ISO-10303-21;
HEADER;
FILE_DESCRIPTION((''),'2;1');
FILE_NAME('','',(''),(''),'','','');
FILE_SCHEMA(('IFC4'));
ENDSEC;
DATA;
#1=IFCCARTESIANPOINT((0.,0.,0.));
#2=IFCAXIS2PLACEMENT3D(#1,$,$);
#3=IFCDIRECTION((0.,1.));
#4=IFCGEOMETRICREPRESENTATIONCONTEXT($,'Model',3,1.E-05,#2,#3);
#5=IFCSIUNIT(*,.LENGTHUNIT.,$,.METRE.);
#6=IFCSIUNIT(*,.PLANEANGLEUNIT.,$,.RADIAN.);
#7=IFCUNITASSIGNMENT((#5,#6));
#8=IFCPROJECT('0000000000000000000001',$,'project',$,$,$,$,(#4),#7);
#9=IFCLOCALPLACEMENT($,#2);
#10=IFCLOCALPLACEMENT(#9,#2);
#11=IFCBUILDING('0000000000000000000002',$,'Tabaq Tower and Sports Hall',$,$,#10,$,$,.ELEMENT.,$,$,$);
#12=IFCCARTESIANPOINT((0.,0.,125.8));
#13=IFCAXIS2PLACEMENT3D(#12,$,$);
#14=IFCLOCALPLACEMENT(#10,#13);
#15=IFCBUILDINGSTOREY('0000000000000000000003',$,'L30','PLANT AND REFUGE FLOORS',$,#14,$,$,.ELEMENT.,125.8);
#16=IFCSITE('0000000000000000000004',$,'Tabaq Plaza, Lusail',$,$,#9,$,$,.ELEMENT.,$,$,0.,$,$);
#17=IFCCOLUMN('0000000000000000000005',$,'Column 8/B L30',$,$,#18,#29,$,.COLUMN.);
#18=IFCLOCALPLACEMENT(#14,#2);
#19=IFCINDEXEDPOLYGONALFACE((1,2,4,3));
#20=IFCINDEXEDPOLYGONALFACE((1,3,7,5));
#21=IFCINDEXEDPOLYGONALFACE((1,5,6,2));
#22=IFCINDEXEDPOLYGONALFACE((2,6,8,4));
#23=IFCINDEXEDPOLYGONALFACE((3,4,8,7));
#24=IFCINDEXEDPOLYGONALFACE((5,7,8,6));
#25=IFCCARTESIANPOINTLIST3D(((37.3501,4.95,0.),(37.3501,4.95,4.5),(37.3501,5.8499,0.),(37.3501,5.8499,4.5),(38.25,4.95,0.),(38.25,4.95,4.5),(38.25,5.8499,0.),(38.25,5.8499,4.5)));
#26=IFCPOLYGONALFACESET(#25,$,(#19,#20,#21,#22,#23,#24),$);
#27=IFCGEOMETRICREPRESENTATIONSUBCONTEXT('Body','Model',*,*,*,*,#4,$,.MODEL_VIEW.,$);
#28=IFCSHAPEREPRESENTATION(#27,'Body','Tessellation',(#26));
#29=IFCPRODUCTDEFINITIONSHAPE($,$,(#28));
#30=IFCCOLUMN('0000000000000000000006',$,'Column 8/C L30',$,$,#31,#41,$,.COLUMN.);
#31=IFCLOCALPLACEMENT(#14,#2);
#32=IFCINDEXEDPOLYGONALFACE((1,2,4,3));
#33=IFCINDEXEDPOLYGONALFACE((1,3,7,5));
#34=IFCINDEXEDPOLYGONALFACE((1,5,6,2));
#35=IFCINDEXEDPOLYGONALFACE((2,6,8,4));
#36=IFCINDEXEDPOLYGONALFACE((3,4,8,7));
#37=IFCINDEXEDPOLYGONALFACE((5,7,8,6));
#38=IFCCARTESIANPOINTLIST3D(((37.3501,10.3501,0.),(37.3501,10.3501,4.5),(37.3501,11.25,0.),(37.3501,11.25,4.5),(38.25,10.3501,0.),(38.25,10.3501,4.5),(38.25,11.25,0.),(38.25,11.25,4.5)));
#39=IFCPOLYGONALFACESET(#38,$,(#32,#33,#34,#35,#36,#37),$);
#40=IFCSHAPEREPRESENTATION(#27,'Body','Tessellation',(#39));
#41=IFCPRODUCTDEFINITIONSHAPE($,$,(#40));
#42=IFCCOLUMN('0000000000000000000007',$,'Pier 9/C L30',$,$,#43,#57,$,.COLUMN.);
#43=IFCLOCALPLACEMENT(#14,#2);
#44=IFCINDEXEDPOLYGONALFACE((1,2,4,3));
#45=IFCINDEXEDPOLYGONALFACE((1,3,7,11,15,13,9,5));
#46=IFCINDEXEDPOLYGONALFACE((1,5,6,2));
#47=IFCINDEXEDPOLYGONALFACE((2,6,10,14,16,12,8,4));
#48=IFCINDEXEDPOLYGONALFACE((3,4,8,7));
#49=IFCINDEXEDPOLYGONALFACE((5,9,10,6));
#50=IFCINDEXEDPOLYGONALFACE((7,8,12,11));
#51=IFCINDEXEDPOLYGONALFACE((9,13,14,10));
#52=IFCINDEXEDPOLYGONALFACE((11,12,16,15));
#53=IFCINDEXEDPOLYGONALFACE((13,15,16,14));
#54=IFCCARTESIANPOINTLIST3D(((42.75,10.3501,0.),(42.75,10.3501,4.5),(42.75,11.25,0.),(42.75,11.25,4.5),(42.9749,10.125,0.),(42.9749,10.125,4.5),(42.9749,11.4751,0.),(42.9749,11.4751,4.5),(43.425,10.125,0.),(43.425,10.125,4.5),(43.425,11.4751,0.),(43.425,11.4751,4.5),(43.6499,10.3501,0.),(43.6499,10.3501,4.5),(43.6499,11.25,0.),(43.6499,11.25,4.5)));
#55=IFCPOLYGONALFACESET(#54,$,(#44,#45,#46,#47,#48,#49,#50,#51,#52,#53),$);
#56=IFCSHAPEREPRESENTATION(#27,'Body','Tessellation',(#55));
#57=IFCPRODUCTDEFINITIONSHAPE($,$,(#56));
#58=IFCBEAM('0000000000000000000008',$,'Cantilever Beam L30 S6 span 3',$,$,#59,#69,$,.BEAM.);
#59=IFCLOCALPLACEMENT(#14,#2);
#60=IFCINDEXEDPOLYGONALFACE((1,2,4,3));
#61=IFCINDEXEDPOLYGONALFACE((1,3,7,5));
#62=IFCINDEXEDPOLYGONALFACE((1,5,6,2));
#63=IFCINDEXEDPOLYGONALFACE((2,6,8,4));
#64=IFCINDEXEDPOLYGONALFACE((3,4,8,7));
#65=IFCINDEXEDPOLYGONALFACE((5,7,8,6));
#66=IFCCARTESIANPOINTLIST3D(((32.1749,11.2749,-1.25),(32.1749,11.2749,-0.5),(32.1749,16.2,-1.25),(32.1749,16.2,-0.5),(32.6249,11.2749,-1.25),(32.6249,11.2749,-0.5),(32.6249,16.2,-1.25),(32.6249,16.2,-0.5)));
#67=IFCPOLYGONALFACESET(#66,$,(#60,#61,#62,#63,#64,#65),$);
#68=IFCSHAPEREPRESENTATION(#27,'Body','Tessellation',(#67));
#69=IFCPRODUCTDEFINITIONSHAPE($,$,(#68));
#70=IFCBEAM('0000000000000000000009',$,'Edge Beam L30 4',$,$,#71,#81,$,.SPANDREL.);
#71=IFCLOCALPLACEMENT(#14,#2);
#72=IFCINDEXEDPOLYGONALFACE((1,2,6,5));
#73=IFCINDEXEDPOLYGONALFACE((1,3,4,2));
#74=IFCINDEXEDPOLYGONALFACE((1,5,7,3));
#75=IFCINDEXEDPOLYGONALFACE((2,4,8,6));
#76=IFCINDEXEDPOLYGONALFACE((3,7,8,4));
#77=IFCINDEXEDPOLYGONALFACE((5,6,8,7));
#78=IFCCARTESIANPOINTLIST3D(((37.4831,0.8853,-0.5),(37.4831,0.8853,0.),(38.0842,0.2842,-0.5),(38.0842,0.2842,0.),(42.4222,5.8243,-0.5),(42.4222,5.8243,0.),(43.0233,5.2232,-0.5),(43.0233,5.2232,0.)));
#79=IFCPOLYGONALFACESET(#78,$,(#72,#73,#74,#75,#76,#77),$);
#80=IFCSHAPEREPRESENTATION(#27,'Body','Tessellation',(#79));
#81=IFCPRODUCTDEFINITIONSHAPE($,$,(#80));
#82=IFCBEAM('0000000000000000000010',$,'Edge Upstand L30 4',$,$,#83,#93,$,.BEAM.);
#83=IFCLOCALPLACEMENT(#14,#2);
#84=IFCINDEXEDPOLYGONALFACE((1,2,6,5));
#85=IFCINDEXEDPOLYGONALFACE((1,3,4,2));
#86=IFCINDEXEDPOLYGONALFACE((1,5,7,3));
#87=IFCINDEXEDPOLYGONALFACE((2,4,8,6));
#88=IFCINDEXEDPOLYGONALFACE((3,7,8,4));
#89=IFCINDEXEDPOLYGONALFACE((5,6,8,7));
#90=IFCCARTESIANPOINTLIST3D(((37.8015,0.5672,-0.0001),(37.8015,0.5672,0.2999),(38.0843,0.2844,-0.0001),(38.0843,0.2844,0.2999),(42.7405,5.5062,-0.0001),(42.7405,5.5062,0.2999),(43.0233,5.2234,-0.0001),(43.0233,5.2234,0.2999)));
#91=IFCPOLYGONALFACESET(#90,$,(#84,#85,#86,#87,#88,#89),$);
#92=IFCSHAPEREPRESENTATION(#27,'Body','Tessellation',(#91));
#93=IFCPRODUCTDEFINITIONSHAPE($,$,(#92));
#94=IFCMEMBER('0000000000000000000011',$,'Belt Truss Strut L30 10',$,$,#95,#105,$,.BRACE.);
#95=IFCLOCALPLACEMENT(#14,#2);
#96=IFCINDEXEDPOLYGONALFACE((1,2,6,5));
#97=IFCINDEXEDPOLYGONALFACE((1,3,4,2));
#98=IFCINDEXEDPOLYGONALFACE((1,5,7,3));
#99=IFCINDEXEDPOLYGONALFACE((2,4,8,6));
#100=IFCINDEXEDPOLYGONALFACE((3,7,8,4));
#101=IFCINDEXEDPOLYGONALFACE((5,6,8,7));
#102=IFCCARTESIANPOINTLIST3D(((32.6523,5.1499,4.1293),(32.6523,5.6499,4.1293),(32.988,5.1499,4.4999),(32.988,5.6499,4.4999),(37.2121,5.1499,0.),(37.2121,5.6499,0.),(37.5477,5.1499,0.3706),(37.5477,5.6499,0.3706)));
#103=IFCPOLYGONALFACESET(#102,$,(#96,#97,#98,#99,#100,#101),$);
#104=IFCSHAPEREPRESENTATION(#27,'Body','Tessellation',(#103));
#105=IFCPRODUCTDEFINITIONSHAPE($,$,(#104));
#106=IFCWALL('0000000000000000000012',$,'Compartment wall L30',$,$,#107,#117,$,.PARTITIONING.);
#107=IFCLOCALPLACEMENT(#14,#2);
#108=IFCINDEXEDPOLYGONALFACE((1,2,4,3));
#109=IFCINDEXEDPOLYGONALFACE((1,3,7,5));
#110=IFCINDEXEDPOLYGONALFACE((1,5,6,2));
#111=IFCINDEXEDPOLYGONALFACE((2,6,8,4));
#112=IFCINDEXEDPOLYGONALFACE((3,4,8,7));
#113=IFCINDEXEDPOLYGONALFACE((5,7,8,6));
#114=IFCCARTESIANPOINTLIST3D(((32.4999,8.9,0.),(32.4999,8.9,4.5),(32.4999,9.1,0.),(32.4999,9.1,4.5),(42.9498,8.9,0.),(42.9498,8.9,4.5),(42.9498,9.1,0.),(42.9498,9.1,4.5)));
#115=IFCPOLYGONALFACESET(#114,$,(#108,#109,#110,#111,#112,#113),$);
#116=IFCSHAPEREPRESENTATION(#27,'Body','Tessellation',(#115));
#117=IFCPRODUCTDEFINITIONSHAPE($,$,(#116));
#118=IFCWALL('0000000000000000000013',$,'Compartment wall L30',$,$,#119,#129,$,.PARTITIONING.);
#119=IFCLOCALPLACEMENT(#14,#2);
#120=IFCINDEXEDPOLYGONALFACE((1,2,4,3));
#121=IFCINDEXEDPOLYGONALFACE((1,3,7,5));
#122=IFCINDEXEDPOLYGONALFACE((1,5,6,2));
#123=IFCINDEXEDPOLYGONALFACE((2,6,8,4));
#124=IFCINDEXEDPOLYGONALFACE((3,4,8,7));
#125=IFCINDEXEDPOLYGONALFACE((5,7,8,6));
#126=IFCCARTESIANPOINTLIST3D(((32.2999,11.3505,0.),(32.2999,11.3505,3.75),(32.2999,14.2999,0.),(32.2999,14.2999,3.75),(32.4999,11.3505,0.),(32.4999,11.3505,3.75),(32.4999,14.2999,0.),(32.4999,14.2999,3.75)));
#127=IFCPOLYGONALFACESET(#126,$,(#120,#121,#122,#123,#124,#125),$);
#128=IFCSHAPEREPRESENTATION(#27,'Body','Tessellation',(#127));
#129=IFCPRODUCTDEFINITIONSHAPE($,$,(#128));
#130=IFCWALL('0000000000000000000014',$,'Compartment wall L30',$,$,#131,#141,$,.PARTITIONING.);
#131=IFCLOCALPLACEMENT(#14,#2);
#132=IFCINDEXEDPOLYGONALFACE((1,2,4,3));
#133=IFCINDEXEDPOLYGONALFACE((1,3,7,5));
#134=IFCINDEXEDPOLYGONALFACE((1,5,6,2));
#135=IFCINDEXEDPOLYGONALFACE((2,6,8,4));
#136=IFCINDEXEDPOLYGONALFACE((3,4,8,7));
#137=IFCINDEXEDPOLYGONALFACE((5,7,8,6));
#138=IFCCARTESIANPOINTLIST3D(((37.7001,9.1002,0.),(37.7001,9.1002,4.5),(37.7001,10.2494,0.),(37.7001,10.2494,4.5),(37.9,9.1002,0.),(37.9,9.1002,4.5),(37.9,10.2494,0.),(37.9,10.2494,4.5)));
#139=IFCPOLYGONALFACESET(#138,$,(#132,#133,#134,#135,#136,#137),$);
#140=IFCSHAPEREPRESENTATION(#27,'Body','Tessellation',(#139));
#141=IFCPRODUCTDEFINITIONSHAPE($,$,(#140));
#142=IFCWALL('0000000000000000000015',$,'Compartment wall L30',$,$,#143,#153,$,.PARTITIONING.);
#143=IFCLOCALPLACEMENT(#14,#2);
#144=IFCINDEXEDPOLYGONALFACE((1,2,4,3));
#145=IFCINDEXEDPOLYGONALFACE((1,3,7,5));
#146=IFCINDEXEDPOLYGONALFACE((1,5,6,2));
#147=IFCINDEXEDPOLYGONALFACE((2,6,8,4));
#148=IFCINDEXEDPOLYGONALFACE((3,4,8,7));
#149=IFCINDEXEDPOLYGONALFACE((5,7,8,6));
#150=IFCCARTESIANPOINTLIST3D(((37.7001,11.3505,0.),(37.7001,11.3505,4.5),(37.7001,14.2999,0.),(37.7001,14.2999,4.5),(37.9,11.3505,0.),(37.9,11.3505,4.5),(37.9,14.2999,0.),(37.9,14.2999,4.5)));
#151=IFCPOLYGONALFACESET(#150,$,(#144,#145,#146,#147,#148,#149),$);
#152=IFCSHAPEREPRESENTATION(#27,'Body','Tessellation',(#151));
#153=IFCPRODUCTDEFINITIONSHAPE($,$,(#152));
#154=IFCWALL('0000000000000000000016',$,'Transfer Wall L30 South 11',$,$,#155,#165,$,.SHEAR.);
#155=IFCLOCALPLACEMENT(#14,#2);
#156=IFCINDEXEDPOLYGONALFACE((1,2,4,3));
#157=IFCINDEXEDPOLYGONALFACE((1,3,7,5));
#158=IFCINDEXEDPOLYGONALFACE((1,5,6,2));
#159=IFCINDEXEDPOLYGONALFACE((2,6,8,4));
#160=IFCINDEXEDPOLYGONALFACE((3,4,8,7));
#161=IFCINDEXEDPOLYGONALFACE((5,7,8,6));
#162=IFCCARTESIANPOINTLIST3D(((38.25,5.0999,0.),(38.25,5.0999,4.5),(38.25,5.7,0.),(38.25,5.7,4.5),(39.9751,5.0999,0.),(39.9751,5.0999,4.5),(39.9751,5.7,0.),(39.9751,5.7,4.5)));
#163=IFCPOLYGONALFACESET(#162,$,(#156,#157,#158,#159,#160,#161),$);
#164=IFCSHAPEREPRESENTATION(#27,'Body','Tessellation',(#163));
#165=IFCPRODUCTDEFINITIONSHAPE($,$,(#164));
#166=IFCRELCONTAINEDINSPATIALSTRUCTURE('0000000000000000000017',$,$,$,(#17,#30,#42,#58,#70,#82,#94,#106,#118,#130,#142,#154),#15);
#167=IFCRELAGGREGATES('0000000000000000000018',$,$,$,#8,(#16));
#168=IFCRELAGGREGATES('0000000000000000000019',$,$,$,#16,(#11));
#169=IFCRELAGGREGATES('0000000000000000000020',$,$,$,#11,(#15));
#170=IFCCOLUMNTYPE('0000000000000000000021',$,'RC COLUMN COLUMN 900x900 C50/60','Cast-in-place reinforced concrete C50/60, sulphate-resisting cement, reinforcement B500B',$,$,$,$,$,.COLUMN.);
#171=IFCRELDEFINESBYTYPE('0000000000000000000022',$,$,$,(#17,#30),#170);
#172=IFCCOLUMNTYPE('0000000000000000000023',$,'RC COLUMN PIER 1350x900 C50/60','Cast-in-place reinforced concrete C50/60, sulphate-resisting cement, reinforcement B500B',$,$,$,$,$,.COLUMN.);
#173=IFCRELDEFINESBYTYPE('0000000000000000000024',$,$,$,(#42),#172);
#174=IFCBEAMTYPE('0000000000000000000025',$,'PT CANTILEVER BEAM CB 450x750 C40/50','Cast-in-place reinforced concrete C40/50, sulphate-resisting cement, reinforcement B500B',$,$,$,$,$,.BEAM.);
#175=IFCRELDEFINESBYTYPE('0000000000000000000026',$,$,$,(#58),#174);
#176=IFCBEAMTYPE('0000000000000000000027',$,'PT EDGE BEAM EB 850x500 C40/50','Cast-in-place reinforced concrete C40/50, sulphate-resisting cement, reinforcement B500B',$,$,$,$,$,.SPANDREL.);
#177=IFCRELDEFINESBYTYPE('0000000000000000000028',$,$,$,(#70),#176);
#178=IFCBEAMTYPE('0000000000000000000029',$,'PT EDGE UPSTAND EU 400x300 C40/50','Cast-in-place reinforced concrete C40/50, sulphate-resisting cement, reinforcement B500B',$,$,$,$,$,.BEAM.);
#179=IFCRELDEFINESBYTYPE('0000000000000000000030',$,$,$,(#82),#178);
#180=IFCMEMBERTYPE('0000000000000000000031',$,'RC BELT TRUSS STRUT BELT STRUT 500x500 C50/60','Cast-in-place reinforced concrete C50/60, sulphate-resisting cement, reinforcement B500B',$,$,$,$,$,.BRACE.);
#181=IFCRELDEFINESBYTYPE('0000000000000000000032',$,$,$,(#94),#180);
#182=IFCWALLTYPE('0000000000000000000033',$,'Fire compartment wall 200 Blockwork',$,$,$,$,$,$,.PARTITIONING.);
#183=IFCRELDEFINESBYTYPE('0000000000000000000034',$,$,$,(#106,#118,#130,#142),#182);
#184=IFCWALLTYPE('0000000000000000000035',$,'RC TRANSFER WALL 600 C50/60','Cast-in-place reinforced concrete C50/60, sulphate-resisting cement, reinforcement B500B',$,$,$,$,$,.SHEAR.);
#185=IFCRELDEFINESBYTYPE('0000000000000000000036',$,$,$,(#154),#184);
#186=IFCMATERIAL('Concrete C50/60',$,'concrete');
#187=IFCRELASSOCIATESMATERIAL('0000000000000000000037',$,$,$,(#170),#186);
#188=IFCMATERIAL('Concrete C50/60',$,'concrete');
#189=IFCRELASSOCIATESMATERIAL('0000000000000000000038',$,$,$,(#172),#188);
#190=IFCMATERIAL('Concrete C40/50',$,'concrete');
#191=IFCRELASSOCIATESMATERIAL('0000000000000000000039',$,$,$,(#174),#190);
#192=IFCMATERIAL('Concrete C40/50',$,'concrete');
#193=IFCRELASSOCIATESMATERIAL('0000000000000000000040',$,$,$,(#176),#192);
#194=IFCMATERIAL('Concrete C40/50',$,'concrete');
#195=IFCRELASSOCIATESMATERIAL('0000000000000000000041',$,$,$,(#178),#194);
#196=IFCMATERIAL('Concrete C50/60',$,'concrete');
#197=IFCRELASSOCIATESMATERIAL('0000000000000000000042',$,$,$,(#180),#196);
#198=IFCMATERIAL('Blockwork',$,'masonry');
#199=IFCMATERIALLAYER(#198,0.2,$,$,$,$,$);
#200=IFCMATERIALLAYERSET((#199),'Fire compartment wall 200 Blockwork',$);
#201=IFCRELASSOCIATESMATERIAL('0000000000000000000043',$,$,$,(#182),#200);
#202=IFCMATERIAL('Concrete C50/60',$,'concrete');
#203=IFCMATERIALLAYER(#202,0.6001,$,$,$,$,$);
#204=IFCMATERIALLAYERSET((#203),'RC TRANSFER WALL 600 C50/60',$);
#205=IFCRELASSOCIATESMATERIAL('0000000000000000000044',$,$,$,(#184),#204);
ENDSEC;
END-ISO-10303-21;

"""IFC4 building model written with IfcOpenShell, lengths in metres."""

from ifc_helpers import new_model, si_unit, direction, frame, frame_2d, origin, origin_2d, place, context, subcontext, project, spatial, polyline, rectangle, outline, extrude, material, layer, layer_set, material_profile, profile_set, type_object, element, save


model = new_model("IFC4")

# Units and contexts
model_context = context("Model", 3, precision=1e-05, world=origin(), true_north=direction((0.0, 1.0)))
body_context = subcontext(model_context, "Body", "Model", "MODEL_VIEW")
ifc_project = project(units=[si_unit("LENGTHUNIT", "METRE"), si_unit("PLANEANGLEUNIT", "RADIAN")], contexts=[model_context])

# Site, building, storey
site_placement = place(None, origin())
site = spatial("IfcSite", under=ifc_project, at=site_placement, Name="Tabaq Plaza, Lusail", CompositionType="ELEMENT", RefElevation=0.0)
building_placement = place(site_placement, origin())
building = spatial("IfcBuilding", under=site, at=building_placement, Name="Tabaq Tower and Sports Hall", CompositionType="ELEMENT")
storey_placement = place(building_placement, frame((0.0, 0.0, 125.8)))
storey = spatial("IfcBuildingStorey", under=building, at=storey_placement, Name="L30", Description="PLANT AND REFUGE FLOORS", CompositionType="ELEMENT", Elevation=125.8)

# Columns
ifc_material_1 = material(Name="Concrete C50/60", Category="concrete")
ifc_material_profile_1 = material_profile(ifc_material_1, rectangle(XDim=0.8999, YDim=0.8999, at=origin_2d()), Name="COLUMN 900x900")
ifc_profile_set_1 = profile_set([ifc_material_profile_1], Name="Concrete C50/60")
column_type_1 = type_object("IfcColumnType", Name="RC COLUMN COLUMN 900x900 C50/60", Description="Cast-in-place reinforced concrete C50/60, sulphate-resisting cement, reinforcement B500B", PredefinedType="COLUMN", material=ifc_profile_set_1)
for number, where, z_axis, x_axis, name in (
    (1, (37.8, 5.3999, 0.0), (0.0, 0.0, 1.0), (1.0, 0.0, 0.0), "Column 8/B L30"),
    (2, (37.8, 10.8, 0.0), (0.0, 0.0, 1.0), (1.0, 0.0, 0.0), "Column 8/C L30"),
):
    element("IfcColumn", number, at=place(storey_placement, frame(where, z_axis=z_axis, x_axis=x_axis)), inside=storey, type_object=column_type_1, Name=name, PredefinedType="COLUMN", context=body_context, shape_type="SweptSolid", body=[
        extrude(rectangle(XDim=0.8999, YDim=0.8999, at=origin_2d()), origin(), (0.0, 0.0, 1.0), 4.5),
    ])
ifc_material_2 = material(Name="Concrete C50/60", Category="concrete")
ifc_material_profile_2 = material_profile(ifc_material_2, outline(polyline([(-0.45, -0.45), (0.45, -0.45), (0.675, -0.2251), (0.675, 0.2251), (0.45, 0.45), (-0.45, 0.45), (-0.675, 0.2251), (-0.675, -0.2251), (-0.45, -0.45)])), Name="PIER 1350x900")
ifc_profile_set_2 = profile_set([ifc_material_profile_2], Name="Concrete C50/60")
column_type_2 = type_object("IfcColumnType", Name="RC COLUMN PIER 1350x900 C50/60", Description="Cast-in-place reinforced concrete C50/60, sulphate-resisting cement, reinforcement B500B", PredefinedType="COLUMN", material=ifc_profile_set_2)
column_placement = place(storey_placement, frame((43.2, 10.8, 0.0), z_axis=(0.0, 0.0, 1.0), x_axis=(0.0, 1.0, 0.0)))
element("IfcColumn", 3, at=column_placement, inside=storey, type_object=column_type_2, Name="Pier 9/C L30", PredefinedType="COLUMN", context=body_context, shape_type="SweptSolid", body=[
    extrude(outline(polyline([(-0.45, -0.45), (0.45, -0.45), (0.675, -0.2251), (0.675, 0.2251), (0.45, 0.45), (-0.45, 0.45), (-0.675, 0.2251), (-0.675, -0.2251), (-0.45, -0.45)])), origin(), (0.0, 0.0, 1.0), 4.5),
])

# Beams
ifc_material_3 = material(Name="Concrete C40/50", Category="concrete")
ifc_material_profile_3 = material_profile(ifc_material_3, rectangle(XDim=0.45, YDim=0.75, at=origin_2d()), Name="CB 450x750")
ifc_profile_set_3 = profile_set([ifc_material_profile_3], Name="Concrete C40/50")
beam_type_1 = type_object("IfcBeamType", Name="PT CANTILEVER BEAM CB 450x750 C40/50", Description="Cast-in-place reinforced concrete C40/50, sulphate-resisting cement, reinforcement B500B", PredefinedType="BEAM", material=ifc_profile_set_3)
beam_1_placement = place(storey_placement, frame((32.3999, 11.2749, -0.875), z_axis=(0.0, 1.0, 0.0), x_axis=(-1.0, 0.0, 0.0)))
element("IfcBeam", 4, at=beam_1_placement, inside=storey, type_object=beam_type_1, Name="Cantilever Beam L30 S6 span 3", PredefinedType="BEAM", context=body_context, shape_type="SweptSolid", body=[
    extrude(rectangle(XDim=0.45, YDim=0.75, at=origin_2d()), origin(), (0.0, 0.0, 1.0), 4.925),
])
ifc_material_4 = material(Name="Concrete C40/50", Category="concrete")
ifc_material_profile_4 = material_profile(ifc_material_4, rectangle(XDim=0.8501, YDim=0.5, at=origin_2d()), Name="EB 850x500")
ifc_profile_set_4 = profile_set([ifc_material_profile_4], Name="Concrete C40/50")
beam_type_2 = type_object("IfcBeamType", Name="PT EDGE BEAM EB 850x500 C40/50", Description="Cast-in-place reinforced concrete C40/50, sulphate-resisting cement, reinforcement B500B", PredefinedType="SPANDREL", material=ifc_profile_set_4)
beam_2_placement = place(storey_placement, frame((37.7837, 0.5847, -0.25), z_axis=(0.707107, 0.707107, 0.0), x_axis=(-0.707107, 0.707107, 0.0)))
element("IfcBeam", 5, at=beam_2_placement, inside=storey, type_object=beam_type_2, Name="Edge Beam L30 4", PredefinedType="SPANDREL", context=body_context, shape_type="SweptSolid", body=[
    extrude(rectangle(XDim=0.8501, YDim=0.5, at=origin_2d()), origin(), (0.0, 0.0, 1.0), 6.9849),
])
ifc_material_5 = material(Name="Concrete C40/50", Category="concrete")
ifc_material_profile_5 = material_profile(ifc_material_5, rectangle(XDim=0.3999, YDim=0.3, at=origin_2d()), Name="EU 400x300")
ifc_profile_set_5 = profile_set([ifc_material_profile_5], Name="Concrete C40/50")
beam_type_3 = type_object("IfcBeamType", Name="PT EDGE UPSTAND EU 400x300 C40/50", Description="Cast-in-place reinforced concrete C40/50, sulphate-resisting cement, reinforcement B500B", PredefinedType="BEAM", material=ifc_profile_set_5)
beam_3_placement = place(storey_placement, frame((37.9429, 0.4258, 0.1499), z_axis=(0.707107, 0.707107, 0.0), x_axis=(-0.707107, 0.707107, 0.0)))
element("IfcBeam", 6, at=beam_3_placement, inside=storey, type_object=beam_type_3, Name="Edge Upstand L30 4", PredefinedType="BEAM", context=body_context, shape_type="SweptSolid", body=[
    extrude(rectangle(XDim=0.3999, YDim=0.3, at=origin_2d()), origin(), (0.0, 0.0, 1.0), 6.9849),
])

# Member
ifc_material_6 = material(Name="Concrete C50/60", Category="concrete")
ifc_material_profile_6 = material_profile(ifc_material_6, rectangle(XDim=0.5, YDim=0.5, at=origin_2d()), Name="BELT STRUT 500x500")
ifc_profile_set_6 = profile_set([ifc_material_profile_6], Name="Concrete C50/60")
member_type = type_object("IfcMemberType", Name="RC BELT TRUSS STRUT BELT STRUT 500x500 C50/60", Description="Cast-in-place reinforced concrete C50/60, sulphate-resisting cement, reinforcement B500B", PredefinedType="BRACE", material=ifc_profile_set_6)
member_placement = place(storey_placement, frame((37.3799, 5.3999, 0.1853), z_axis=(-0.741224, 0.0, 0.671257), x_axis=(0.0, -1.0, 0.0)))
element("IfcMember", 7, at=member_placement, inside=storey, type_object=member_type, Name="Belt Truss Strut L30 10", PredefinedType="BRACE", context=body_context, shape_type="SweptSolid", body=[
    extrude(rectangle(XDim=0.5, YDim=0.5, at=origin_2d()), origin(), (0.0, 0.0, 1.0), 6.1516),
])

# Shared definitions
ifc_material_7 = material(Name="Blockwork", Category="masonry")
ifc_layer_1 = layer(ifc_material_7, 0.2)
ifc_layer_set_1 = layer_set([ifc_layer_1], Name="Fire compartment wall 200 Blockwork")
wall_type_1 = type_object("IfcWallType", Name="Fire compartment wall 200 Blockwork", PredefinedType="PARTITIONING", material=ifc_layer_set_1)

# Walls
wall_1_placement = place(storey_placement, frame((42.95, 9.0, 0.0), z_axis=(0.0, 0.0, 1.0), x_axis=(-1.0, 0.0, 0.0)))
element("IfcWall", 8, at=wall_1_placement, inside=storey, type_object=wall_type_1, Name="Compartment wall L30", PredefinedType="PARTITIONING", context=body_context, shape_type="SweptSolid", body=[
    extrude(rectangle(XDim=10.45, YDim=0.2, at=frame_2d((5.2251, 0.0))), origin(), (0.0, 0.0, 1.0), 4.5),
])
wall_2_placement = place(storey_placement, frame((32.3999, 11.3506, 0.0), z_axis=(0.0, 0.0, 1.0), x_axis=(0.0, 1.0, 0.0)))
element("IfcWall", 9, at=wall_2_placement, inside=storey, type_object=wall_type_1, Name="Compartment wall L30", PredefinedType="PARTITIONING", context=body_context, shape_type="SweptSolid", body=[
    extrude(rectangle(XDim=2.9495, YDim=0.2, at=frame_2d((1.4746, 0.0))), origin(), (0.0, 0.0, 1.0), 3.75),
])
wall_3_placement = place(storey_placement, frame((37.8, 9.1001, 0.0), z_axis=(0.0, 0.0, 1.0), x_axis=(0.0, 1.0, 0.0)))
element("IfcWall", 10, at=wall_3_placement, inside=storey, type_object=wall_type_1, Name="Compartment wall L30", PredefinedType="PARTITIONING", context=body_context, shape_type="SweptSolid", body=[
    extrude(rectangle(XDim=1.1492, YDim=0.2, at=frame_2d((0.5747, 0.0))), origin(), (0.0, 0.0, 1.0), 4.5),
])
wall_4_placement = place(storey_placement, frame((37.8, 11.3506, 0.0), z_axis=(0.0, 0.0, 1.0), x_axis=(0.0, 1.0, 0.0)))
element("IfcWall", 11, at=wall_4_placement, inside=storey, type_object=wall_type_1, Name="Compartment wall L30", PredefinedType="PARTITIONING", context=body_context, shape_type="SweptSolid", body=[
    extrude(rectangle(XDim=2.9495, YDim=0.2, at=frame_2d((1.4746, 0.0))), origin(), (0.0, 0.0, 1.0), 4.5),
])
ifc_material_8 = material(Name="Concrete C50/60", Category="concrete")
ifc_layer_2 = layer(ifc_material_8, 0.6001)
ifc_layer_set_2 = layer_set([ifc_layer_2], Name="RC TRANSFER WALL 600 C50/60")
wall_type_2 = type_object("IfcWallType", Name="RC TRANSFER WALL 600 C50/60", Description="Cast-in-place reinforced concrete C50/60, sulphate-resisting cement, reinforcement B500B", PredefinedType="SHEAR", material=ifc_layer_set_2)
wall_5_placement = place(storey_placement, frame((38.25, 5.3999, 0.0), z_axis=(0.0, 0.0, 1.0), x_axis=(1.0, 0.0, 0.0)))
element("IfcWall", 12, at=wall_5_placement, inside=storey, type_object=wall_type_2, Name="Transfer Wall L30 South 11", PredefinedType="SHEAR", context=body_context, shape_type="SweptSolid", body=[
    extrude(rectangle(XDim=1.7251, YDim=0.6001, at=frame_2d((0.8625, 0.0))), origin(), (0.0, 0.0, 1.0), 4.5),
])

save(model, "model.ifc")
